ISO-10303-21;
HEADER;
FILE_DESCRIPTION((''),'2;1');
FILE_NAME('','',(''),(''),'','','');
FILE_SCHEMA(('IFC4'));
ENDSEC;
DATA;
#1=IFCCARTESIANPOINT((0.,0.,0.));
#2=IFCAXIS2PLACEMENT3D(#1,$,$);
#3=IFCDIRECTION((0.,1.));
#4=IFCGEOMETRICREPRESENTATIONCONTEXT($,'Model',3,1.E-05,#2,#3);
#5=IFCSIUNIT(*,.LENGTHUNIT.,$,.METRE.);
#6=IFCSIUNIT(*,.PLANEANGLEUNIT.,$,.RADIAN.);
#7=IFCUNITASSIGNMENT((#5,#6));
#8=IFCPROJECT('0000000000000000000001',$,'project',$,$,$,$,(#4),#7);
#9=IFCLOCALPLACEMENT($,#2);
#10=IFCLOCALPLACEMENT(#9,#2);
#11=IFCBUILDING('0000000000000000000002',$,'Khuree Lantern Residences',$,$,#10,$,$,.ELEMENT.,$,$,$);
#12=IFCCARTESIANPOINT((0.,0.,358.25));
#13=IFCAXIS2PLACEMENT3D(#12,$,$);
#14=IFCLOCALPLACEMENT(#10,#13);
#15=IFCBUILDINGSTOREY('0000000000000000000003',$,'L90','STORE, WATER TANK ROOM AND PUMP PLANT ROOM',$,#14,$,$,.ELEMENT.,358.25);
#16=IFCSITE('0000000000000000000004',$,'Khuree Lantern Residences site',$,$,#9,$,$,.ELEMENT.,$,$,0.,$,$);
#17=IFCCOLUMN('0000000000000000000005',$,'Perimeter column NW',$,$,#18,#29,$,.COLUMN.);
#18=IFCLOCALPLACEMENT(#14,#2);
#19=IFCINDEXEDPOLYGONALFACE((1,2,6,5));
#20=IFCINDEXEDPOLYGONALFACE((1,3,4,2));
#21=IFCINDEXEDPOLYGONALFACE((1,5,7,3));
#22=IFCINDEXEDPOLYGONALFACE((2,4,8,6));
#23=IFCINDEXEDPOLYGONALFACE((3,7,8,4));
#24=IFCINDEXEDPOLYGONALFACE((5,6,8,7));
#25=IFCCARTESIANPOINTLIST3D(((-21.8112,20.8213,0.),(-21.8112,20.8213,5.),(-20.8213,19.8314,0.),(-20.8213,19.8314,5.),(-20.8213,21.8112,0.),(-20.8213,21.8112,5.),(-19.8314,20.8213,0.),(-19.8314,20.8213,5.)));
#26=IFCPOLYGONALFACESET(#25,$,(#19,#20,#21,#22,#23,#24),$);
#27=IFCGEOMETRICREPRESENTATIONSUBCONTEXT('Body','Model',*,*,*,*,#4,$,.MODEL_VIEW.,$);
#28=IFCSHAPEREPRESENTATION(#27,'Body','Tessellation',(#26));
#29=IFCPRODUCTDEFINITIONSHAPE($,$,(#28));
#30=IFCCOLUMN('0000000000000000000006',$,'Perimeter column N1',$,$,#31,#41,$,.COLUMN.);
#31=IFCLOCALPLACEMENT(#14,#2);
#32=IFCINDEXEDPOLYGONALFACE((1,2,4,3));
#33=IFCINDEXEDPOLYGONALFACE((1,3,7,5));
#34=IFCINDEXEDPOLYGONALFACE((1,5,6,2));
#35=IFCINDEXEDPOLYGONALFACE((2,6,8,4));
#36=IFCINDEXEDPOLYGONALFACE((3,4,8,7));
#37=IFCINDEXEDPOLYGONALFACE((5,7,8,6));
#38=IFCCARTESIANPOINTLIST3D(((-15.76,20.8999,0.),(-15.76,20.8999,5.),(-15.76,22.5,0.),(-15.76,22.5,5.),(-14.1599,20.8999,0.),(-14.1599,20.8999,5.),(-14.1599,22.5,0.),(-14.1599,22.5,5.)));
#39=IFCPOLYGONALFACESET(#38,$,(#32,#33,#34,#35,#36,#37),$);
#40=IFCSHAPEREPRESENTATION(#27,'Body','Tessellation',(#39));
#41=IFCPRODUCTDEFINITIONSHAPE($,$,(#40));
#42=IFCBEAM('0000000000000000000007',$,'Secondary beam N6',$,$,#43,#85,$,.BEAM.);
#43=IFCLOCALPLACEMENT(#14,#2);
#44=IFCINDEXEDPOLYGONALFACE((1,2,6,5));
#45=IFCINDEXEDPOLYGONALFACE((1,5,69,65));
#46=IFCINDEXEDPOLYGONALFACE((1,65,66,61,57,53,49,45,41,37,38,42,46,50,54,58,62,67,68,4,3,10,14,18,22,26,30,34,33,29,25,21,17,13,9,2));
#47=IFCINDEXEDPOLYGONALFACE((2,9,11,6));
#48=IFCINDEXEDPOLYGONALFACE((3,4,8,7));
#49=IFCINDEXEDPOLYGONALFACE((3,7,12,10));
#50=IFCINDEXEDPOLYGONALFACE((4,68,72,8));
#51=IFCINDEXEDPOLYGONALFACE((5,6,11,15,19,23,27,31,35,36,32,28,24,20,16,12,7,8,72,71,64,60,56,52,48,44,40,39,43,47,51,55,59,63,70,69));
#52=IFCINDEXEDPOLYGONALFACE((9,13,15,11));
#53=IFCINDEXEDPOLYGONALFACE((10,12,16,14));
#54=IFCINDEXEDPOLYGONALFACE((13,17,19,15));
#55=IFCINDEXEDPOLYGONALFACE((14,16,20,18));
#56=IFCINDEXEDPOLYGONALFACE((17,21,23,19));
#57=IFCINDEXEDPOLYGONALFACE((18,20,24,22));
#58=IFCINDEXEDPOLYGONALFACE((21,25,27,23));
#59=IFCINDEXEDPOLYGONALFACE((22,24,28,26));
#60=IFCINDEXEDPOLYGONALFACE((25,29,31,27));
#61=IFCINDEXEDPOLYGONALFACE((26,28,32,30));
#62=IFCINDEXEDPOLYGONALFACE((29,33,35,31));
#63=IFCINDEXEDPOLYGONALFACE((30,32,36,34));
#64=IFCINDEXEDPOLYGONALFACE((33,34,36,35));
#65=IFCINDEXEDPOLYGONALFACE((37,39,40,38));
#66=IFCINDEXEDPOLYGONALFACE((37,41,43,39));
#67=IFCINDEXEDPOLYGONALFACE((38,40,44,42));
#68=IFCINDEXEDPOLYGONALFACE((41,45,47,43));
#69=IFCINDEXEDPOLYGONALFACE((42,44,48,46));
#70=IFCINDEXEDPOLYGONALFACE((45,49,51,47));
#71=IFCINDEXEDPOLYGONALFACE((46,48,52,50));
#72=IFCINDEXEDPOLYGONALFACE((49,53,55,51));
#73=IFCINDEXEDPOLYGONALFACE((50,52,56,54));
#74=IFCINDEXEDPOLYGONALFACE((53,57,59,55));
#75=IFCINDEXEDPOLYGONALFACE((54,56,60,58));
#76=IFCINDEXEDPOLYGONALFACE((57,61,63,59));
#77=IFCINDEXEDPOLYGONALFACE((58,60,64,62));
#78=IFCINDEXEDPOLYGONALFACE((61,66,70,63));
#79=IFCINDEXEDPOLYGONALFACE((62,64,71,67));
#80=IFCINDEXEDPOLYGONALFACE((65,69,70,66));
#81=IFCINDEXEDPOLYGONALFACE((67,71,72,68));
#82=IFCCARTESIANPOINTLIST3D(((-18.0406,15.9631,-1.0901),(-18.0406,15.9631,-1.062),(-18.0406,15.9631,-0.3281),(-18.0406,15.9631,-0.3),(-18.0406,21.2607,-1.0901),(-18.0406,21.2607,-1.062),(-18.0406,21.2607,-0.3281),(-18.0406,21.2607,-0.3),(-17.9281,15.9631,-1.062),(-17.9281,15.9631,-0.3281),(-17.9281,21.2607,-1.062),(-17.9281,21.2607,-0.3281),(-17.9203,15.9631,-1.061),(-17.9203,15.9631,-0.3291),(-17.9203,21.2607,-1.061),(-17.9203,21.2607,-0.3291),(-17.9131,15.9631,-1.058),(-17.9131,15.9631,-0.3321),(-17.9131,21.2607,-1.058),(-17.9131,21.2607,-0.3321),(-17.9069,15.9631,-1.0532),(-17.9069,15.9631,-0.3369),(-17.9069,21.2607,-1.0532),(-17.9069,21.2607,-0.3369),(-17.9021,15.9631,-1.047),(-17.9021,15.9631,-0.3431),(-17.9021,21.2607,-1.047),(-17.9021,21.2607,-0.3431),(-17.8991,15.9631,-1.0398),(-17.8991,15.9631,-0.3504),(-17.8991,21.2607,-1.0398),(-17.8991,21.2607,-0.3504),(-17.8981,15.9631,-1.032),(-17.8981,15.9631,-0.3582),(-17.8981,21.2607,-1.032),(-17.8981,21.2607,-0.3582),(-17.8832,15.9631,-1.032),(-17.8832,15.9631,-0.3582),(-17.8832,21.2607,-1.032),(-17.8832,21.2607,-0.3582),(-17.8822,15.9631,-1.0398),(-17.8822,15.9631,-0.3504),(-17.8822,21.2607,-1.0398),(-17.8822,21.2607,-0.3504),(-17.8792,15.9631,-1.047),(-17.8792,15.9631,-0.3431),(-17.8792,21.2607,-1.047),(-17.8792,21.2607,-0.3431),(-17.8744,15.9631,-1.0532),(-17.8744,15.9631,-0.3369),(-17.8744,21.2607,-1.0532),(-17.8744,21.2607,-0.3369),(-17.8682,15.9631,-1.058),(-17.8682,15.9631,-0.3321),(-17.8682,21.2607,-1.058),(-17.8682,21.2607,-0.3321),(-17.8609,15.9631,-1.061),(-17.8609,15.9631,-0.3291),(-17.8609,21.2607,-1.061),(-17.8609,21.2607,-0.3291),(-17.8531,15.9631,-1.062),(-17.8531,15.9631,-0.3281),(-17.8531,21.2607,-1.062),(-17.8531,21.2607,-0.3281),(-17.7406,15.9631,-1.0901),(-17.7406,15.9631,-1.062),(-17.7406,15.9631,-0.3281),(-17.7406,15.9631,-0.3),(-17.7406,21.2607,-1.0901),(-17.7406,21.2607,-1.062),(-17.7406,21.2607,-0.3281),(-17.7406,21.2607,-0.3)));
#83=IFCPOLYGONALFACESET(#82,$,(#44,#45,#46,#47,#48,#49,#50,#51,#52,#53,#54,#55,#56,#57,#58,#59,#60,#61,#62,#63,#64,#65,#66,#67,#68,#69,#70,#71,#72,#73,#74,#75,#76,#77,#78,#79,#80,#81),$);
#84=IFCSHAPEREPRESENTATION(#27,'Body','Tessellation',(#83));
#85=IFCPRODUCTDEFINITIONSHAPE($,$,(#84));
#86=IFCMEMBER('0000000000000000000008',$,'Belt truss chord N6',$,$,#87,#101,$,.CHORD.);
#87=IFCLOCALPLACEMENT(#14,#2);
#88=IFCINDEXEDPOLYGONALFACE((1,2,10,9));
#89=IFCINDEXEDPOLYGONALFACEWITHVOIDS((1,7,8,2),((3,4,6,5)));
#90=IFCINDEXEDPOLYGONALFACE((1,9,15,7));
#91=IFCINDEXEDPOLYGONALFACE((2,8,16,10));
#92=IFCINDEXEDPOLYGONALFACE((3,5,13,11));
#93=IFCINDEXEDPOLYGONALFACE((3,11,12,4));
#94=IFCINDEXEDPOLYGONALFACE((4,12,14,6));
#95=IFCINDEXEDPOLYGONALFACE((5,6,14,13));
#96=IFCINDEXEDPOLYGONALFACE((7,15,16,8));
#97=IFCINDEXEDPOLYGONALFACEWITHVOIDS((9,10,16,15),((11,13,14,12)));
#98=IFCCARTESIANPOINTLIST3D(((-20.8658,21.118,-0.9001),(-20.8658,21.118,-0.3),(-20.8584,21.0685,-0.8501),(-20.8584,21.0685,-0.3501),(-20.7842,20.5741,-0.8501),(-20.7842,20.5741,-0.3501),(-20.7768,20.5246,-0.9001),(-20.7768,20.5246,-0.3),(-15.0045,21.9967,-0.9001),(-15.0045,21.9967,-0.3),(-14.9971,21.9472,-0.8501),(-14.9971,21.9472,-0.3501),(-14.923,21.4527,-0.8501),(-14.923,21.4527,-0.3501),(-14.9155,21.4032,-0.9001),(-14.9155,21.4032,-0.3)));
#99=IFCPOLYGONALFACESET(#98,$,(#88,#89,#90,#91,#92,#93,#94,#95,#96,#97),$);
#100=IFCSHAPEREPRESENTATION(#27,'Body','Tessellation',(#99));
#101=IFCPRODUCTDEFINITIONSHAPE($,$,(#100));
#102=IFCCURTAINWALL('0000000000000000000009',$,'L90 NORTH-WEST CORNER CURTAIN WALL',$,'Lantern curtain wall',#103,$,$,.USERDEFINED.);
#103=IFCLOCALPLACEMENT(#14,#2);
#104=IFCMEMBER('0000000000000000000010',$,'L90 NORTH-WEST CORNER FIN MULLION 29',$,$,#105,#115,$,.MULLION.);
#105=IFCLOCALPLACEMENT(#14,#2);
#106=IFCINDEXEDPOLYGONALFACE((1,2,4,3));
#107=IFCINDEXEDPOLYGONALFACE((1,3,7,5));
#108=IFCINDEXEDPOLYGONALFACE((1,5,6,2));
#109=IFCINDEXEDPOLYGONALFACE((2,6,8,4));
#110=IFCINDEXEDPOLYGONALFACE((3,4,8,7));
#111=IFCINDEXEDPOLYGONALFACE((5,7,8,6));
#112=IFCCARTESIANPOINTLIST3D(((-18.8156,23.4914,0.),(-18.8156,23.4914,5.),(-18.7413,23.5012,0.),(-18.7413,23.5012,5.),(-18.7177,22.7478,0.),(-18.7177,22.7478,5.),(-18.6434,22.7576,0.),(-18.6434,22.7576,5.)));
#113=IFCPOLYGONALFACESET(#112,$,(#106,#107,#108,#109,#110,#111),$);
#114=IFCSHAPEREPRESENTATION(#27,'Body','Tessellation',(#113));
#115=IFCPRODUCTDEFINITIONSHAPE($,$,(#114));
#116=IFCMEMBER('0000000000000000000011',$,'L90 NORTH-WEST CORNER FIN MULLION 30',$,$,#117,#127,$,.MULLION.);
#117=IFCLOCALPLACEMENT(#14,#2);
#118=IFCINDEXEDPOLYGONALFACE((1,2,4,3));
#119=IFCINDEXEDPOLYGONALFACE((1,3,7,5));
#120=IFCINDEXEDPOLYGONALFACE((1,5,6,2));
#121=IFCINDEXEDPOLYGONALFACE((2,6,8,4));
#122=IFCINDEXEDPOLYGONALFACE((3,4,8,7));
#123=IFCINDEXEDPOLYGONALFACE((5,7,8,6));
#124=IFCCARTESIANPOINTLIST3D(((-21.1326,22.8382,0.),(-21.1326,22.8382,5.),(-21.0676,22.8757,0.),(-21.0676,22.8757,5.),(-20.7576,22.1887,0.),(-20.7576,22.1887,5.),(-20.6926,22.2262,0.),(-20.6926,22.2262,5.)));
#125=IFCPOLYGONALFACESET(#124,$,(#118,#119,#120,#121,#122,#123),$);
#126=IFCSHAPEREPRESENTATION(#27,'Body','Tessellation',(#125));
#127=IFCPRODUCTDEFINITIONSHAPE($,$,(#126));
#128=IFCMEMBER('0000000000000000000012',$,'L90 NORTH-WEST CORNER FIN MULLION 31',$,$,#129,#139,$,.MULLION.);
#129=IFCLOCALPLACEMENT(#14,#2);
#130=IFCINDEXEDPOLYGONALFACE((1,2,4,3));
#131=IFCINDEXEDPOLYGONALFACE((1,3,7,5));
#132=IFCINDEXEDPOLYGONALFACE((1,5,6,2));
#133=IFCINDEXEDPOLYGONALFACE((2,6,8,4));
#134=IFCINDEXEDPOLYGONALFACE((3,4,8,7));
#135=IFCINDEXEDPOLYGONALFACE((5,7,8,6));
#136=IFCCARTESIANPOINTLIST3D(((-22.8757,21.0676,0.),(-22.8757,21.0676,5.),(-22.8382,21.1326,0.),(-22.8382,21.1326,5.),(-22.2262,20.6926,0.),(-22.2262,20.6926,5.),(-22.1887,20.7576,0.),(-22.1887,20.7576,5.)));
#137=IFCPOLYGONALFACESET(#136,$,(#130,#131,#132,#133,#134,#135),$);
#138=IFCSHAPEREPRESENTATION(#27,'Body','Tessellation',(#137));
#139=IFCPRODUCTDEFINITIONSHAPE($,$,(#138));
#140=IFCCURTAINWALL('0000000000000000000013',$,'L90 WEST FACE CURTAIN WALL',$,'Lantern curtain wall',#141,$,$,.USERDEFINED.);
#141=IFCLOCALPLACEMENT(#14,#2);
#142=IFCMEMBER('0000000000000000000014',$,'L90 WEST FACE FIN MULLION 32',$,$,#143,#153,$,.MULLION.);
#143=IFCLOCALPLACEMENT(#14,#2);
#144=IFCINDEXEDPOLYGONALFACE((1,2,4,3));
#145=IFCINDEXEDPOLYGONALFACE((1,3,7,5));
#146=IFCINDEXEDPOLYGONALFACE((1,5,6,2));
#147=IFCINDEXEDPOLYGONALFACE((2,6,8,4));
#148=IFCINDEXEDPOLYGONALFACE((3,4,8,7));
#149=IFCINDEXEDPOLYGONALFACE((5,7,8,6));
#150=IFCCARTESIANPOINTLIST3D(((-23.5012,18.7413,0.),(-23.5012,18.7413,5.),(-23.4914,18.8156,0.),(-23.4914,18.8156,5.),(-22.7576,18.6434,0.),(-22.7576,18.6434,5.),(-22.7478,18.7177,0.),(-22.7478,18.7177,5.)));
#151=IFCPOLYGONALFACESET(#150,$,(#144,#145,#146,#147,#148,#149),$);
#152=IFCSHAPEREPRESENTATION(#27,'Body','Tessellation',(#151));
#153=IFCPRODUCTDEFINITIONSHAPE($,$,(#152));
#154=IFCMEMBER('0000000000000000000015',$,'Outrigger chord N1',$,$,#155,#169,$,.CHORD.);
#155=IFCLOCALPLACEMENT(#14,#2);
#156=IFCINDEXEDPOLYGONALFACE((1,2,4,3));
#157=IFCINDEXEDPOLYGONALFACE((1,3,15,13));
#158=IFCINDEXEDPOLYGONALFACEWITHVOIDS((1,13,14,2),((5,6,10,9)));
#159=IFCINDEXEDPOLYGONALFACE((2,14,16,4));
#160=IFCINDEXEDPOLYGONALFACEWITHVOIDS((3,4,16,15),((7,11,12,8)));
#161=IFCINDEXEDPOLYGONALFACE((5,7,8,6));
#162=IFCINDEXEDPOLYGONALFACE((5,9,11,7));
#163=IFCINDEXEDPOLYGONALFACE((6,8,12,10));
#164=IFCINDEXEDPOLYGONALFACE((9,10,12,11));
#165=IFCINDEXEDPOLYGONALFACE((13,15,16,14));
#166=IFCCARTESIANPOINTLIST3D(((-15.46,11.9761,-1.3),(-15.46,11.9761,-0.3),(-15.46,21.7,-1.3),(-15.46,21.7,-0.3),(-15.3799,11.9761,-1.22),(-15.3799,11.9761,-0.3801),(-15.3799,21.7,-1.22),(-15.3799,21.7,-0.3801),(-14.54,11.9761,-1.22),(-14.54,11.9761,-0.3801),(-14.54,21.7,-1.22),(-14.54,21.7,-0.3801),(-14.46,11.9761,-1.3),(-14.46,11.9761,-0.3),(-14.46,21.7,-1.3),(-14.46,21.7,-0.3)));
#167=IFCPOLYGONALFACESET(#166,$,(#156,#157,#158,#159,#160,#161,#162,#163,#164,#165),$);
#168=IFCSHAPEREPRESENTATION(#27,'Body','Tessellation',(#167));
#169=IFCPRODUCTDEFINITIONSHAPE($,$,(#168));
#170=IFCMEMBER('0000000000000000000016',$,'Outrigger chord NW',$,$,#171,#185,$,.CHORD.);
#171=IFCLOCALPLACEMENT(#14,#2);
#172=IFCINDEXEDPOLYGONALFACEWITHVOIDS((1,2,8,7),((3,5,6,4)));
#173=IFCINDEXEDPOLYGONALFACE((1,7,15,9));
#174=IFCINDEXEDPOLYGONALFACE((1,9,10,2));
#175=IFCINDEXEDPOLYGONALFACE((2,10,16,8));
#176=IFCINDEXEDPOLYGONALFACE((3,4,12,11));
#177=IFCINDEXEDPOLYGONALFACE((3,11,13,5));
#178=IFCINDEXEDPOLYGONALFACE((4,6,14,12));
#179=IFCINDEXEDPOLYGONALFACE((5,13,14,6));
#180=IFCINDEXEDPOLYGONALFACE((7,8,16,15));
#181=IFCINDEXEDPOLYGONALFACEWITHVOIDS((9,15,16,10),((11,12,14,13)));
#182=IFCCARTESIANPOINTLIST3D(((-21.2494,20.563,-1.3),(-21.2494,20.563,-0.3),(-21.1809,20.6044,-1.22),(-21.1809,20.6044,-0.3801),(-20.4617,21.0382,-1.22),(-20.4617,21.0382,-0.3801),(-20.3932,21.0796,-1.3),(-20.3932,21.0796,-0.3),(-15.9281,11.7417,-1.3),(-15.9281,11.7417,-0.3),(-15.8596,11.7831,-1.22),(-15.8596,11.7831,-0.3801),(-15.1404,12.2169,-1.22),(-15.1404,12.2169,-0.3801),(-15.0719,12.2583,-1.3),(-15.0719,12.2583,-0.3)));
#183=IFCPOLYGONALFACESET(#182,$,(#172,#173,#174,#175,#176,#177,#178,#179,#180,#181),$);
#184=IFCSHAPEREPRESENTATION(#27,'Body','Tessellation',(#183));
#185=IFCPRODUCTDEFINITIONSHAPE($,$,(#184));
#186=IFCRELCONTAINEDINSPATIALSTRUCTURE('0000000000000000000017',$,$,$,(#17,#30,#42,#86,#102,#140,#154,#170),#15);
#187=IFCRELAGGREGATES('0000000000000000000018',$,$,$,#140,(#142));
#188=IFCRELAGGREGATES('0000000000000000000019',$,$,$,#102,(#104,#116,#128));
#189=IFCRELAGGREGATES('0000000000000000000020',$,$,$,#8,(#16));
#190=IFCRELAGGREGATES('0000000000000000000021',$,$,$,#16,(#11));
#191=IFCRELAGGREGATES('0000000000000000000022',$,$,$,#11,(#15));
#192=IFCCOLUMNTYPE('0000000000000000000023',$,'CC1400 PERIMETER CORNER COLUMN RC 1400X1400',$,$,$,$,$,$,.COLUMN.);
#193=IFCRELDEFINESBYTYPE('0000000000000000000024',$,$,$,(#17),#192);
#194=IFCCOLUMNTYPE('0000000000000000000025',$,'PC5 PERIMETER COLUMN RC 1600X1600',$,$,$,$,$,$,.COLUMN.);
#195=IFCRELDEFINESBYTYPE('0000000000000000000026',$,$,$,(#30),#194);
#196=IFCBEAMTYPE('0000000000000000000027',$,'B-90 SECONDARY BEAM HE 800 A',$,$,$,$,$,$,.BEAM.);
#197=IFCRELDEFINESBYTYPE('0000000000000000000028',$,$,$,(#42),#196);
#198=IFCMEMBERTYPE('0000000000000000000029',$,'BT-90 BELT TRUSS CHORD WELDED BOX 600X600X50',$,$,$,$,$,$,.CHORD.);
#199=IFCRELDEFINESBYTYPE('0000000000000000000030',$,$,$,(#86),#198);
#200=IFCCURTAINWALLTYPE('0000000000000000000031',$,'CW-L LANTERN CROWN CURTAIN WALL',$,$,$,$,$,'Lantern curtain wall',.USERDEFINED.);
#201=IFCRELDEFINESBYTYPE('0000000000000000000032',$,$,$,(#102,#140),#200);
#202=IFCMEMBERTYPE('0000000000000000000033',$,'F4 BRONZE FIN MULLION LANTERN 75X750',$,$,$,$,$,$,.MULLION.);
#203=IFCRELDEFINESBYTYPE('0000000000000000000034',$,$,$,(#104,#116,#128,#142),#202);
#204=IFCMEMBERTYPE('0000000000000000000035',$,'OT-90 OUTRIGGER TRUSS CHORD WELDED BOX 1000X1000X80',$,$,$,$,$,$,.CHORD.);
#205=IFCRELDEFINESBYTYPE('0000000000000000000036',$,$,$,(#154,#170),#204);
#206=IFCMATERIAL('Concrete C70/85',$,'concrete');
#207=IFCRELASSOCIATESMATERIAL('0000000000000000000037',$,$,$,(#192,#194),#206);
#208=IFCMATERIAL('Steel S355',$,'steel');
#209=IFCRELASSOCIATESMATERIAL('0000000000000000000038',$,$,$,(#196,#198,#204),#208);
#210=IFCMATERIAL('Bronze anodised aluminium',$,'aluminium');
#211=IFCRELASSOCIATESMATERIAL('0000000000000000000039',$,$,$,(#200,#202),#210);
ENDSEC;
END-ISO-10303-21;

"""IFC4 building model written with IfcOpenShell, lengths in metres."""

from ifc_helpers import new_model, si_unit, direction, frame, origin, origin_2d, place, context, subcontext, project, spatial, rectangle, hollow_rectangle, i_section, extrude, material, material_profile, profile_set, type_object, element, aggregate, save


model = new_model("IFC4")

# Units and contexts
model_context = context("Model", 3, precision=1e-05, world=origin(), true_north=direction((0.0, 1.0)))
body_context = subcontext(model_context, "Body", "Model", "MODEL_VIEW")
ifc_project = project(units=[si_unit("LENGTHUNIT", "METRE"), si_unit("PLANEANGLEUNIT", "RADIAN")], contexts=[model_context])

# Site, building, storey
site_placement = place(None, origin())
site = spatial("IfcSite", under=ifc_project, at=site_placement, Name="Khuree Lantern Residences site", CompositionType="ELEMENT", RefElevation=0.0)
building_placement = place(site_placement, origin())
building = spatial("IfcBuilding", under=site, at=building_placement, Name="Khuree Lantern Residences", CompositionType="ELEMENT")
storey_placement = place(building_placement, frame((0.0, 0.0, 358.25)))
storey = spatial("IfcBuildingStorey", under=building, at=storey_placement, Name="L90", Description="STORE, WATER TANK ROOM AND PUMP PLANT ROOM", CompositionType="ELEMENT", Elevation=358.25)

# Columns
ifc_material_1 = material(Name="Concrete C70/85", Category="concrete")
ifc_material_profile_1 = material_profile(ifc_material_1, rectangle(XDim=1.3999, YDim=1.3999, at=origin_2d()), Name="RC 1400X1400")
ifc_profile_set_1 = profile_set([ifc_material_profile_1], Name="Concrete C70/85")
column_type_1 = type_object("IfcColumnType", Name="CC1400 PERIMETER CORNER COLUMN RC 1400X1400", PredefinedType="COLUMN", material=ifc_profile_set_1)
column_1_placement = place(storey_placement, frame((-20.8213, 20.8213, 0.0), z_axis=(0.0, 0.0, 1.0), x_axis=(0.707107, 0.707107, 0.0)))
element("IfcColumn", 1, at=column_1_placement, inside=storey, type_object=column_type_1, Name="Perimeter column NW", PredefinedType="COLUMN", context=body_context, shape_type="SweptSolid", body=[
    extrude(rectangle(XDim=1.3999, YDim=1.3999, at=origin_2d()), origin(), (0.0, 0.0, 1.0), 5.0),
])
ifc_material_profile_2 = material_profile(ifc_material_1, rectangle(XDim=1.6001, YDim=1.6001, at=origin_2d()), Name="RC 1600X1600")
ifc_profile_set_2 = profile_set([ifc_material_profile_2], Name="Concrete C70/85")
column_type_2 = type_object("IfcColumnType", Name="PC5 PERIMETER COLUMN RC 1600X1600", PredefinedType="COLUMN", material=ifc_profile_set_2)
column_2_placement = place(storey_placement, frame((-14.96, 21.7, 0.0), z_axis=(0.0, 0.0, 1.0), x_axis=(1.0, 0.0, 0.0)))
element("IfcColumn", 2, at=column_2_placement, inside=storey, type_object=column_type_2, Name="Perimeter column N1", PredefinedType="COLUMN", context=body_context, shape_type="SweptSolid", body=[
    extrude(rectangle(XDim=1.6001, YDim=1.6001, at=origin_2d()), origin(), (0.0, 0.0, 1.0), 5.0),
])

# Beam
ifc_material_2 = material(Name="Steel S355", Category="steel")
ifc_material_profile_3 = material_profile(ifc_material_2, i_section(OverallWidth=0.3, OverallDepth=0.79, WebThickness=0.0149, FlangeThickness=0.0281, FilletRadius=0.03, at=origin_2d()), Name="HE 800 A")
ifc_profile_set_3 = profile_set([ifc_material_profile_3], Name="Steel S355")
beam_type = type_object("IfcBeamType", Name="B-90 SECONDARY BEAM HE 800 A", PredefinedType="BEAM", material=ifc_profile_set_3)
beam_placement = place(storey_placement, frame((-17.8906, 21.2607, -0.6951), z_axis=(0.0, -1.0, 0.0), x_axis=(1.0, 0.0, 0.0)))
element("IfcBeam", 3, at=beam_placement, inside=storey, type_object=beam_type, Name="Secondary beam N6", PredefinedType="BEAM", context=body_context, shape_type="SweptSolid", body=[
    extrude(i_section(OverallWidth=0.3, OverallDepth=0.79, WebThickness=0.0149, FlangeThickness=0.0281, FilletRadius=0.03, at=origin_2d()), origin(), (0.0, 0.0, 1.0), 5.2976),
])

# Member
ifc_material_profile_4 = material_profile(ifc_material_2, hollow_rectangle(XDim=0.6001, YDim=0.6001, WallThickness=0.05, at=origin_2d()), Name="WELDED BOX 600X600X50")
ifc_profile_set_4 = profile_set([ifc_material_profile_4], Name="Steel S355")
member_type_1 = type_object("IfcMemberType", Name="BT-90 BELT TRUSS CHORD WELDED BOX 600X600X50", PredefinedType="CHORD", material=ifc_profile_set_4)
member_1_placement = place(storey_placement, frame((-20.8213, 20.8213, -0.6001), z_axis=(0.98895, 0.148252, 0.0), x_axis=(-0.148252, 0.98895, 0.0)))
element("IfcMember", 4, at=member_1_placement, inside=storey, type_object=member_type_1, Name="Belt truss chord N6", PredefinedType="CHORD", context=body_context, shape_type="SweptSolid", body=[
    extrude(hollow_rectangle(XDim=0.6001, YDim=0.6001, WallThickness=0.05, at=origin_2d()), origin(), (0.0, 0.0, 1.0), 5.9268),
])

# Curtain wall, members
ifc_material_3 = material(Name="Bronze anodised aluminium", Category="aluminium")
curtain_wall_type = type_object("IfcCurtainWallType", Name="CW-L LANTERN CROWN CURTAIN WALL", ElementType="Lantern curtain wall", PredefinedType="USERDEFINED", material=ifc_material_3)
curtain_wall_1_placement = place(storey_placement, origin())
curtain_wall_1 = element("IfcCurtainWall", 5, at=curtain_wall_1_placement, inside=storey, type_object=curtain_wall_type, Name="L90 NORTH-WEST CORNER CURTAIN WALL", ObjectType="Lantern curtain wall", PredefinedType="USERDEFINED")
ifc_material_profile_5 = material_profile(ifc_material_3, rectangle(XDim=0.075, YDim=0.75, at=origin_2d()), Name="F4 75X750")
ifc_profile_set_5 = profile_set([ifc_material_profile_5], Name="Bronze anodised aluminium")
member_type_2 = type_object("IfcMemberType", Name="F4 BRONZE FIN MULLION LANTERN 75X750", PredefinedType="MULLION", material=ifc_profile_set_5)
member_2_placement = place(storey_placement, frame((-18.7295, 23.1245, 0.0), z_axis=(0.0, 0.0, 1.0), x_axis=(-0.991445, -0.130526, 0.0)))
member_2 = element("IfcMember", 6, at=member_2_placement, type_object=member_type_2, Name="L90 NORTH-WEST CORNER FIN MULLION 29", PredefinedType="MULLION", context=body_context, shape_type="SweptSolid", body=[
    extrude(rectangle(XDim=0.075, YDim=0.75, at=origin_2d()), origin(), (0.0, 0.0, 1.0), 5.0),
])
member_3_placement = place(storey_placement, frame((-20.9126, 22.5322, 0.0), z_axis=(0.0, 0.0, 1.0), x_axis=(-0.866025, -0.5, 0.0)))
member_3 = element("IfcMember", 7, at=member_3_placement, type_object=member_type_2, Name="L90 NORTH-WEST CORNER FIN MULLION 30", PredefinedType="MULLION", context=body_context, shape_type="SweptSolid", body=[
    extrude(rectangle(XDim=0.075, YDim=0.75, at=origin_2d()), origin(), (0.0, 0.0, 1.0), 5.0),
])
member_4_placement = place(storey_placement, frame((-22.5322, 20.9126, 0.0), z_axis=(0.0, 0.0, 1.0), x_axis=(-0.5, -0.866025, 0.0)))
member_4 = element("IfcMember", 8, at=member_4_placement, type_object=member_type_2, Name="L90 NORTH-WEST CORNER FIN MULLION 31", PredefinedType="MULLION", context=body_context, shape_type="SweptSolid", body=[
    extrude(rectangle(XDim=0.075, YDim=0.75, at=origin_2d()), origin(), (0.0, 0.0, 1.0), 5.0),
])

# Curtain wall, member
curtain_wall_2_placement = place(storey_placement, origin())
curtain_wall_2 = element("IfcCurtainWall", 9, at=curtain_wall_2_placement, inside=storey, type_object=curtain_wall_type, Name="L90 WEST FACE CURTAIN WALL", ObjectType="Lantern curtain wall", PredefinedType="USERDEFINED")
member_5_placement = place(storey_placement, frame((-23.1245, 18.7295, 0.0), z_axis=(0.0, 0.0, 1.0), x_axis=(-0.130526, -0.991445, 0.0)))
member_5 = element("IfcMember", 10, at=member_5_placement, type_object=member_type_2, Name="L90 WEST FACE FIN MULLION 32", PredefinedType="MULLION", context=body_context, shape_type="SweptSolid", body=[
    extrude(rectangle(XDim=0.075, YDim=0.75, at=origin_2d()), origin(), (0.0, 0.0, 1.0), 5.0),
])

# Members
ifc_material_profile_6 = material_profile(ifc_material_2, hollow_rectangle(XDim=1.0, YDim=1.0, WallThickness=0.0801, at=origin_2d()), Name="WELDED BOX 1000X1000X80")
ifc_profile_set_6 = profile_set([ifc_material_profile_6], Name="Steel S355")
member_type_3 = type_object("IfcMemberType", Name="OT-90 OUTRIGGER TRUSS CHORD WELDED BOX 1000X1000X80", PredefinedType="CHORD", material=ifc_profile_set_6)
member_6_placement = place(storey_placement, frame((-14.96, 21.7, -0.8), z_axis=(0.0, -1.0, 0.0), x_axis=(1.0, 0.0, 0.0)))
element("IfcMember", 11, at=member_6_placement, inside=storey, type_object=member_type_3, Name="Outrigger chord N1", PredefinedType="CHORD", context=body_context, shape_type="SweptSolid", body=[
    extrude(hollow_rectangle(XDim=1.0, YDim=1.0, WallThickness=0.0801, at=origin_2d()), origin(), (0.0, 0.0, 1.0), 9.7239),
])
member_7_placement = place(storey_placement, frame((-20.8213, 20.8213, -0.8), z_axis=(0.51653, -0.856269, 0.0), x_axis=(0.856269, 0.51653, 0.0)))
element("IfcMember", 12, at=member_7_placement, inside=storey, type_object=member_type_3, Name="Outrigger chord NW", PredefinedType="CHORD", context=body_context, shape_type="SweptSolid", body=[
    extrude(hollow_rectangle(XDim=1.0, YDim=1.0, WallThickness=0.0801, at=origin_2d()), origin(), (0.0, 0.0, 1.0), 10.302),
])

aggregate(curtain_wall_2, [member_5])

aggregate(curtain_wall_1, [member_2, member_3, member_4])

save(model, "model.ifc")
